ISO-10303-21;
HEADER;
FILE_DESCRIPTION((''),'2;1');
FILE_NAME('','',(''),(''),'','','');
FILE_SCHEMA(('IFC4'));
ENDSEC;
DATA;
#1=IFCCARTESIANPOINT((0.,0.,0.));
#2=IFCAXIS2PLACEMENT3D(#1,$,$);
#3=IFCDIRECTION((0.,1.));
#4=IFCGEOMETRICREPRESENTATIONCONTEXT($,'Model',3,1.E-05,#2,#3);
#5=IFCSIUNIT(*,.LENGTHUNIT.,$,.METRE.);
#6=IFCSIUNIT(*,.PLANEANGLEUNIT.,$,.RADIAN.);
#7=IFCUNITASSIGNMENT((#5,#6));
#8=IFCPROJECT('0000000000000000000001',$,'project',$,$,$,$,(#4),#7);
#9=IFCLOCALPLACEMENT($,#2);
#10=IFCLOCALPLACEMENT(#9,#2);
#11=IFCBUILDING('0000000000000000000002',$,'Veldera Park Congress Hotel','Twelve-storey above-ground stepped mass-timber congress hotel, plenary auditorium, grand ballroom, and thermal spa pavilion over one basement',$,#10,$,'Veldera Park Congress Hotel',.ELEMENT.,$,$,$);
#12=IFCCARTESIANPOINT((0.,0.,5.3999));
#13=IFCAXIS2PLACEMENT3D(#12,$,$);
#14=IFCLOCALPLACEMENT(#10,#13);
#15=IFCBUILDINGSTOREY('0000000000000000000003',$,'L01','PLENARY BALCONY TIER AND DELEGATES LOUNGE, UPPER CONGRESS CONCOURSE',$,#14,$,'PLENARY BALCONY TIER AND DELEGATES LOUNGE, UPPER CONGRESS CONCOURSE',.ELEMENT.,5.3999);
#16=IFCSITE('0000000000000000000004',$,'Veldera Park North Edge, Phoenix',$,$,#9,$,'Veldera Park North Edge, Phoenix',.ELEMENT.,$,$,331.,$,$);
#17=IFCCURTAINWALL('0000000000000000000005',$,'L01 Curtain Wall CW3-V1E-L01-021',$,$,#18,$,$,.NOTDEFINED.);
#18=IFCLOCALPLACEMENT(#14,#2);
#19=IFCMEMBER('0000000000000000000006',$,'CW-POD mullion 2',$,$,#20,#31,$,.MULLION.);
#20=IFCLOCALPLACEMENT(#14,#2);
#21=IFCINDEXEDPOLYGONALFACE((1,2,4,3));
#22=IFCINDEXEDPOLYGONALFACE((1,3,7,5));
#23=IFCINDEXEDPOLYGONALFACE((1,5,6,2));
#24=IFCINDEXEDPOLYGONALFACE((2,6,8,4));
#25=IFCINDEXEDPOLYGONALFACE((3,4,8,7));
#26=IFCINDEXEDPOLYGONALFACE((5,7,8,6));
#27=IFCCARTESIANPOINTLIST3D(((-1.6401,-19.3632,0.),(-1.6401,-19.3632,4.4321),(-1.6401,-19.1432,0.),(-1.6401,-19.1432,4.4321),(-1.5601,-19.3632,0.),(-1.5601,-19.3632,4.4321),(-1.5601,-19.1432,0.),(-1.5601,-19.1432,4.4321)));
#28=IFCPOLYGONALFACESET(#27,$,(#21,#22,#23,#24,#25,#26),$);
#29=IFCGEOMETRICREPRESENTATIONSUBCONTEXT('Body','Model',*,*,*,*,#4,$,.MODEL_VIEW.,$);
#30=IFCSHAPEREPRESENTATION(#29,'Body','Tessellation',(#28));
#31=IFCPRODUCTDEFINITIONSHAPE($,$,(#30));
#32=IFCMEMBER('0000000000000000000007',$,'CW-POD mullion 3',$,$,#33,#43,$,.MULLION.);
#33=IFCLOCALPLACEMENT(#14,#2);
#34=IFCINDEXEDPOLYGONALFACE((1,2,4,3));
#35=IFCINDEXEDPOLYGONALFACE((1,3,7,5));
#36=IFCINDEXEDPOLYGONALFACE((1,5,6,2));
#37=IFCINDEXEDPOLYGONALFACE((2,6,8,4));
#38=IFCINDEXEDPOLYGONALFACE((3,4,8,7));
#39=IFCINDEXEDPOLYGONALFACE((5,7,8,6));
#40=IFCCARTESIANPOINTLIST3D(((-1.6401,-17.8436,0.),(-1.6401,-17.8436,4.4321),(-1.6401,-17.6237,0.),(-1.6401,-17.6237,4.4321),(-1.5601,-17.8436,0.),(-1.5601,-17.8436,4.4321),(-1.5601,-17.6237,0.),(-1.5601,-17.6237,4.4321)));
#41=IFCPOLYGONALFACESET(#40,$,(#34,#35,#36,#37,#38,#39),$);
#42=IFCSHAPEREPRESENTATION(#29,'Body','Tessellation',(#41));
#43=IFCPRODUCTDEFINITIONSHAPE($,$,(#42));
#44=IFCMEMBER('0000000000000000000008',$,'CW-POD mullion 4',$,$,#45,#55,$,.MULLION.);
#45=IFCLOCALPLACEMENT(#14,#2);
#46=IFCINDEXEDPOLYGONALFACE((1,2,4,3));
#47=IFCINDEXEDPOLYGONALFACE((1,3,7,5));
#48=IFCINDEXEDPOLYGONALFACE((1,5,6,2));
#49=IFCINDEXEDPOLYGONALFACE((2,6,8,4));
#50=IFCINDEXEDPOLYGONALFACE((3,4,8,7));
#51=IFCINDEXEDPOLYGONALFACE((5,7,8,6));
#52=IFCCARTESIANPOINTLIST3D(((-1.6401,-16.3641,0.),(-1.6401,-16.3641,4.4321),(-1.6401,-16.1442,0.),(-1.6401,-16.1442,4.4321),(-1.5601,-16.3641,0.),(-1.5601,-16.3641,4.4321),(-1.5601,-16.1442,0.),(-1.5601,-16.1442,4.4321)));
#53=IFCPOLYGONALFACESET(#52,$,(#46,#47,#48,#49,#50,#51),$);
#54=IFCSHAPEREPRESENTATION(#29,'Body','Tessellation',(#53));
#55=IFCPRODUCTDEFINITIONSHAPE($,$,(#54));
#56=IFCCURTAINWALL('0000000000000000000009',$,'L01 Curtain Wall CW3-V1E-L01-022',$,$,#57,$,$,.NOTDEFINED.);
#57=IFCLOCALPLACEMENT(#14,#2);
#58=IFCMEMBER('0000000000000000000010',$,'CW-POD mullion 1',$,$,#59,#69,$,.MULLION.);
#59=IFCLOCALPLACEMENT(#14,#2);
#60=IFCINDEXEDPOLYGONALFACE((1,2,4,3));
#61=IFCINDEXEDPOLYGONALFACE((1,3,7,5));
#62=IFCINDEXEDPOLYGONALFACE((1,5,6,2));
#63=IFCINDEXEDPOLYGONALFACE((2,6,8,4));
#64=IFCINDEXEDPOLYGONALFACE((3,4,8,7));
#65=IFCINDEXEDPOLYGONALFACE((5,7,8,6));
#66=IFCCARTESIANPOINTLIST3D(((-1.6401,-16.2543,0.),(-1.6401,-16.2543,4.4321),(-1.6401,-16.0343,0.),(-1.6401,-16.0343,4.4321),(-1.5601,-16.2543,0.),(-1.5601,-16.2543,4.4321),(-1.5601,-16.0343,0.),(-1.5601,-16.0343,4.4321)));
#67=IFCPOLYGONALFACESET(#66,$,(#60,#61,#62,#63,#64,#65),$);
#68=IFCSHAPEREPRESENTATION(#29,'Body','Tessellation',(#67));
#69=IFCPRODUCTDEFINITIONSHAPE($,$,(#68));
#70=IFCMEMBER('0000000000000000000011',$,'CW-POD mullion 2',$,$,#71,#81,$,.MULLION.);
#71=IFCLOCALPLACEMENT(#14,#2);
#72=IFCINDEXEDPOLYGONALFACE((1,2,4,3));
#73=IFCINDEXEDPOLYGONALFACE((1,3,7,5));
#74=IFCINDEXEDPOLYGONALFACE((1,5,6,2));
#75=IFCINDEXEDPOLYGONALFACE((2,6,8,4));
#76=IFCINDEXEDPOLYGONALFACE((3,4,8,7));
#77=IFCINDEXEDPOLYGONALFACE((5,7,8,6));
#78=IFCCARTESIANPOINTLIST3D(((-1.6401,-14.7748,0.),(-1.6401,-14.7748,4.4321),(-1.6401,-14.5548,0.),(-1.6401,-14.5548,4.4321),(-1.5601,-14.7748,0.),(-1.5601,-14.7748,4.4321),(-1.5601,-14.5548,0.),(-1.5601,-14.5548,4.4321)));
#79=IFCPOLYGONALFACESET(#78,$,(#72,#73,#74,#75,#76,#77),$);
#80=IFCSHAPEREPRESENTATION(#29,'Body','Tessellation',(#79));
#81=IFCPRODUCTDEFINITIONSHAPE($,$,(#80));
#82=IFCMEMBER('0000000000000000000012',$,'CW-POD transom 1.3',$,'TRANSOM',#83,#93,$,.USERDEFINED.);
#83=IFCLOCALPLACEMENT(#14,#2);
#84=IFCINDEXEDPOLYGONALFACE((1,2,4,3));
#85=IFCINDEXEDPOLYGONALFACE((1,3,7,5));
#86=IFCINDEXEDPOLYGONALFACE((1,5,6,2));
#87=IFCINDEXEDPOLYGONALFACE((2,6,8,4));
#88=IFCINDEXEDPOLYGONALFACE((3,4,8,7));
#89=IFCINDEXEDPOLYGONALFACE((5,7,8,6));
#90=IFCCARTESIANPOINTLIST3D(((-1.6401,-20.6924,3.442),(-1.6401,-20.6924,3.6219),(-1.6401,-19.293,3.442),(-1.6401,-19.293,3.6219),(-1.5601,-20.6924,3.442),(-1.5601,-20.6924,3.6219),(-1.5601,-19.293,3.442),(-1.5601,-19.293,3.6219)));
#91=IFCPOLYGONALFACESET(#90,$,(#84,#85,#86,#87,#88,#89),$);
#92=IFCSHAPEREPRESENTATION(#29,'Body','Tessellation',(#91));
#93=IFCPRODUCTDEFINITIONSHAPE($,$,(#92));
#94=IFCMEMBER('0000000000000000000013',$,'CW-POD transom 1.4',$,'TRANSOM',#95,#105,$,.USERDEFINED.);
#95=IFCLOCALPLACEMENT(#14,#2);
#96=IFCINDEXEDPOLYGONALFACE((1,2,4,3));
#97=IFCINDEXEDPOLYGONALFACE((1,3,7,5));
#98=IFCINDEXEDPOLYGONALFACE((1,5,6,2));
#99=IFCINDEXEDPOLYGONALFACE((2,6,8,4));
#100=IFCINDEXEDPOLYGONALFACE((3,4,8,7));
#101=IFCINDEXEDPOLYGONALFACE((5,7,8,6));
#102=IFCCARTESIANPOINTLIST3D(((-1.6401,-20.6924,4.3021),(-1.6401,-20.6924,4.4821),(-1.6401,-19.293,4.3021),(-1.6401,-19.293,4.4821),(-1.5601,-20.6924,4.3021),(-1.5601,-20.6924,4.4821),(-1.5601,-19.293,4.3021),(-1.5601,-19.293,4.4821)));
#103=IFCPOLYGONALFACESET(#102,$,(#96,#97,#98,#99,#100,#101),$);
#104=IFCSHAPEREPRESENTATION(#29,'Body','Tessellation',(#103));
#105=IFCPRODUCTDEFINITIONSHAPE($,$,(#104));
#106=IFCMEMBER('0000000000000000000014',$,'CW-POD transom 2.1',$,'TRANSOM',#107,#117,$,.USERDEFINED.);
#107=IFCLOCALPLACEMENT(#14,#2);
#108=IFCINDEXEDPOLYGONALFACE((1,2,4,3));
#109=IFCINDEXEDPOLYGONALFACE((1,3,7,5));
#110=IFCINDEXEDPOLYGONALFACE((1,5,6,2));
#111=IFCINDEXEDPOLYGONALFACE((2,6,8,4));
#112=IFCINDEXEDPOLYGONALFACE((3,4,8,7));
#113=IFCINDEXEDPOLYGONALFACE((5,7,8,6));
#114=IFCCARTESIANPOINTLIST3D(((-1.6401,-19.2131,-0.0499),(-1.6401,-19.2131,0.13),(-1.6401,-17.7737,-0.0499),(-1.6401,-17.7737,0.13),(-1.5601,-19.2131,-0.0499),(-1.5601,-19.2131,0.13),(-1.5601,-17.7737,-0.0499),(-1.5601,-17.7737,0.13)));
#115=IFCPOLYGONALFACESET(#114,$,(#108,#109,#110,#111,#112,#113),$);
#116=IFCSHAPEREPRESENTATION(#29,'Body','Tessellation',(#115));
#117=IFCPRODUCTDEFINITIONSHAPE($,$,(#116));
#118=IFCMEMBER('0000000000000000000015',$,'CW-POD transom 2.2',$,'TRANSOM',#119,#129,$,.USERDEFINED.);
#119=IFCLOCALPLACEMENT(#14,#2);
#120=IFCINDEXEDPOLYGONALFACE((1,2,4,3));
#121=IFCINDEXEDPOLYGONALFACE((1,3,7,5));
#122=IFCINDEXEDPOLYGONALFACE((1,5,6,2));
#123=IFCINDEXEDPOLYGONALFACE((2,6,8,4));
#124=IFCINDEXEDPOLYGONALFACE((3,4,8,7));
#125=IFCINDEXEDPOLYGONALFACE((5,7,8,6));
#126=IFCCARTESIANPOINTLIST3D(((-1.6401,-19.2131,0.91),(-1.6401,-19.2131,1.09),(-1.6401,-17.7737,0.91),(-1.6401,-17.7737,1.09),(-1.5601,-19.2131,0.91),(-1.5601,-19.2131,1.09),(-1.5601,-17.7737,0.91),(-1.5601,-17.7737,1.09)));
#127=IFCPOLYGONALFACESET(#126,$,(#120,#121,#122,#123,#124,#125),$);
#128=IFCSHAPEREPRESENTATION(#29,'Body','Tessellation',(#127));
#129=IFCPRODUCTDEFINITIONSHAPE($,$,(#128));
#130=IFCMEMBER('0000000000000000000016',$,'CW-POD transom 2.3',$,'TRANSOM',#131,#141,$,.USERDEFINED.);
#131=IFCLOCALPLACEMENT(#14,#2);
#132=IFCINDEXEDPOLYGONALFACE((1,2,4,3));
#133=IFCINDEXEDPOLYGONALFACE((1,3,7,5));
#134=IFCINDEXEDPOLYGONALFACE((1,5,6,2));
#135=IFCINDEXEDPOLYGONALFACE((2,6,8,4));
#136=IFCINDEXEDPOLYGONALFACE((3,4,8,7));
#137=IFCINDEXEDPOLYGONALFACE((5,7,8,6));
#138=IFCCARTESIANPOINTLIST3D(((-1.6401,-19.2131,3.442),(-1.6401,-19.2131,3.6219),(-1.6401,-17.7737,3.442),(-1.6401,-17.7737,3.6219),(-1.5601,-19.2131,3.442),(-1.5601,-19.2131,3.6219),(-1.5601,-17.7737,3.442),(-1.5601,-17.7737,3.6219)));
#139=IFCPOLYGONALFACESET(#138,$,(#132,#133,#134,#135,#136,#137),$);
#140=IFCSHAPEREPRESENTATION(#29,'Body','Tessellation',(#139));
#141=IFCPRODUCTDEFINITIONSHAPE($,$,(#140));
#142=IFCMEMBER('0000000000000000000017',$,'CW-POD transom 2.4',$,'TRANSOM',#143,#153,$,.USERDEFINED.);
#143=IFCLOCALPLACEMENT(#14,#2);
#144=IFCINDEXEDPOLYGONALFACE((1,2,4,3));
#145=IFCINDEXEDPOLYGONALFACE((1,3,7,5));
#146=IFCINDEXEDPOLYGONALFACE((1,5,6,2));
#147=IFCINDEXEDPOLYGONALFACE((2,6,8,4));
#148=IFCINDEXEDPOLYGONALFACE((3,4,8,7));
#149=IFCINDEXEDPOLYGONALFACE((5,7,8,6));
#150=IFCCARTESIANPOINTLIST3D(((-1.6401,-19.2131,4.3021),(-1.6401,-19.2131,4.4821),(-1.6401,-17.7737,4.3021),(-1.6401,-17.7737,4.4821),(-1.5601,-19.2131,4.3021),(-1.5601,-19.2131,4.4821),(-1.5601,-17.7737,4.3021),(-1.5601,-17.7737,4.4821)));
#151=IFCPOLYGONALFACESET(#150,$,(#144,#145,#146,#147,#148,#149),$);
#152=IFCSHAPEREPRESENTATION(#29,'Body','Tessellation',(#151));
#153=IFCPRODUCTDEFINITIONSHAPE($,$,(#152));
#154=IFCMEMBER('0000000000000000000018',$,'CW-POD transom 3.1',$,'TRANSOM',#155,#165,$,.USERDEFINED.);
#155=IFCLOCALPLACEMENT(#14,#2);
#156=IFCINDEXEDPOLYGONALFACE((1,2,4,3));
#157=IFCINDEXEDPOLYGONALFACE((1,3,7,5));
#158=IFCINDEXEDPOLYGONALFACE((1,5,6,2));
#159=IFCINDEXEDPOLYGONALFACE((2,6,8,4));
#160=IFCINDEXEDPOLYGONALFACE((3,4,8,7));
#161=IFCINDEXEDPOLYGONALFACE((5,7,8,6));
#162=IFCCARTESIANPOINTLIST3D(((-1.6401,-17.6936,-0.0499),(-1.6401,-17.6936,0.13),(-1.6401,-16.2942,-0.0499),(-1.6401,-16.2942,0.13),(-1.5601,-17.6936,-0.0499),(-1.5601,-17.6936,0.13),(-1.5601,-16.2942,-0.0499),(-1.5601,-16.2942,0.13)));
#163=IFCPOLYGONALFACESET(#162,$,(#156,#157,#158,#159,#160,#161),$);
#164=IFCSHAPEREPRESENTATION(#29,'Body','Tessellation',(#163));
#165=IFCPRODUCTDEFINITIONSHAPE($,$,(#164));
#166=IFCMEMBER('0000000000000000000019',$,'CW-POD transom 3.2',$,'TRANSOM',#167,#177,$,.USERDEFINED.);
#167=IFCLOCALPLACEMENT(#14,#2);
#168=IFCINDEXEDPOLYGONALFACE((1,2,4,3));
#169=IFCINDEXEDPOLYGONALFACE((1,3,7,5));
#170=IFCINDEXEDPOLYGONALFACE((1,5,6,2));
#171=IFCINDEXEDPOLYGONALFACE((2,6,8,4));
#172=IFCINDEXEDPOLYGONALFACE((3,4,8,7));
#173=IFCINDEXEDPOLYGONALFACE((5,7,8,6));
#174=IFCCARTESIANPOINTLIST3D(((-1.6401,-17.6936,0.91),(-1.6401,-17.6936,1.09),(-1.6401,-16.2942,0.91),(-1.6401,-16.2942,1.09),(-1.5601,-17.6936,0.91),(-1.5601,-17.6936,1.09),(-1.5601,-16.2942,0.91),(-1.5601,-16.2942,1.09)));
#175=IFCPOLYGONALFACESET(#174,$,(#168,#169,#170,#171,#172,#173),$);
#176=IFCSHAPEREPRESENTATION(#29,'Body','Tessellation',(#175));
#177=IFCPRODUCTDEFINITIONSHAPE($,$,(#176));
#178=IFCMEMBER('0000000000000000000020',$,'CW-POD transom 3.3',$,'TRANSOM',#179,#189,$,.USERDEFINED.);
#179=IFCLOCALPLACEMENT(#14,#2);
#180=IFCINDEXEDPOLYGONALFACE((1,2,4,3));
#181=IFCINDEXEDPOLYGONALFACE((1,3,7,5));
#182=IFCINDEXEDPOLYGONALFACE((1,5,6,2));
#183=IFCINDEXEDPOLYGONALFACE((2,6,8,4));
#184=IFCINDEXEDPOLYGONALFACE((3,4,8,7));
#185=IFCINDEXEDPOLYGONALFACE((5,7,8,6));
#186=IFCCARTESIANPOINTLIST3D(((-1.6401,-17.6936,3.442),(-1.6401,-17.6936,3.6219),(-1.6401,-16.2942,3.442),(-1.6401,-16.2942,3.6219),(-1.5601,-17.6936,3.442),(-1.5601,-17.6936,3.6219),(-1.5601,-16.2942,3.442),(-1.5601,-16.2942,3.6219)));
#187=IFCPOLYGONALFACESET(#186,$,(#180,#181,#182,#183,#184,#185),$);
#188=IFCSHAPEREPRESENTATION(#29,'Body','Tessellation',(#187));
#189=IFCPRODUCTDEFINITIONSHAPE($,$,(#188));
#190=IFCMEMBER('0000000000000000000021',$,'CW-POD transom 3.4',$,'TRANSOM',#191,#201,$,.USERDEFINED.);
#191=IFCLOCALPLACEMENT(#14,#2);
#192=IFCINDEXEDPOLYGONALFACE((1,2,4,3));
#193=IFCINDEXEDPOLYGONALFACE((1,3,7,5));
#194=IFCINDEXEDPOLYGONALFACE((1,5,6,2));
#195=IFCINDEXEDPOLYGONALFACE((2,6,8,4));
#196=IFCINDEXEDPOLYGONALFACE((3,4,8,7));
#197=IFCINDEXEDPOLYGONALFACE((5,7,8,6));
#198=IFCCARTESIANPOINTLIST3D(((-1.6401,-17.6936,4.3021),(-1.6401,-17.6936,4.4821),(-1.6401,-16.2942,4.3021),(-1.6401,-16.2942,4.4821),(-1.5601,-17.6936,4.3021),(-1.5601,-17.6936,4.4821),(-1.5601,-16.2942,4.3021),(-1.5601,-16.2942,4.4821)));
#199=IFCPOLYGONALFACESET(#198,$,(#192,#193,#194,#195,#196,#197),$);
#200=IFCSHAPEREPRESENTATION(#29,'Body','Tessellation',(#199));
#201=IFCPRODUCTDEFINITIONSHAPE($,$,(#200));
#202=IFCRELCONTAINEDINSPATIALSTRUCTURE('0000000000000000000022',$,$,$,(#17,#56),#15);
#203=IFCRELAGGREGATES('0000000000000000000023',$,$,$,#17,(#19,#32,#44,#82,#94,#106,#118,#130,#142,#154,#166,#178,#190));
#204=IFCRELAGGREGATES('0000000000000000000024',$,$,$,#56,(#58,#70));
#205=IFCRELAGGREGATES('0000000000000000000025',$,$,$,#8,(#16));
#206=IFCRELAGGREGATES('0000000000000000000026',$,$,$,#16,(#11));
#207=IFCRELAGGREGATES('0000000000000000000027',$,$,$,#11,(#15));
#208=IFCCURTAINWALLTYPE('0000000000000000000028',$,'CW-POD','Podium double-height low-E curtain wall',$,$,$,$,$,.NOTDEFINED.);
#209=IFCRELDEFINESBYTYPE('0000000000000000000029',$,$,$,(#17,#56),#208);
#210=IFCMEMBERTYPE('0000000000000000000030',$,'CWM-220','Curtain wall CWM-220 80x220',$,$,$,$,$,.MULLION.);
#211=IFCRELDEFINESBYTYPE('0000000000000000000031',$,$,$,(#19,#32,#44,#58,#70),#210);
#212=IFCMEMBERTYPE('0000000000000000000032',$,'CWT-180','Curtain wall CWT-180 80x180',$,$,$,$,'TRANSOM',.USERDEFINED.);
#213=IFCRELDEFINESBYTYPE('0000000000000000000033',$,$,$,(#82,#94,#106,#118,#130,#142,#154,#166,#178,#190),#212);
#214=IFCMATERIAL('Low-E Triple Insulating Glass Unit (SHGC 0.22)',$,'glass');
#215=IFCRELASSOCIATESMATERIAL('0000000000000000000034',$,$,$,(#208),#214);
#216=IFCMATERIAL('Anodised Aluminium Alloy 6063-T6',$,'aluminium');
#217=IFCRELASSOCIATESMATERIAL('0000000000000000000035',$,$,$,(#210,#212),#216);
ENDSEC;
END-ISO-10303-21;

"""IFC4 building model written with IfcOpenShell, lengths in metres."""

from ifc_helpers import new_model, si_unit, direction, frame, origin, origin_2d, place, context, subcontext, project, spatial, rectangle, extrude, material, material_profile, profile_set, type_object, element, aggregate, save


model = new_model("IFC4")

# Units and contexts
model_context = context("Model", 3, precision=1e-05, world=origin(), true_north=direction((0.0, 1.0)))
body_context = subcontext(model_context, "Body", "Model", "MODEL_VIEW")
ifc_project = project(units=[si_unit("LENGTHUNIT", "METRE"), si_unit("PLANEANGLEUNIT", "RADIAN")], contexts=[model_context])

# Site, building, storey
site_placement = place(None, origin())
site = spatial("IfcSite", under=ifc_project, at=site_placement, Name="Veldera Park North Edge, Phoenix", LongName="Veldera Park North Edge, Phoenix", CompositionType="ELEMENT", RefElevation=331.0)
building_placement = place(site_placement, origin())
building = spatial("IfcBuilding", under=site, at=building_placement, Name="Veldera Park Congress Hotel", Description="Twelve-storey above-ground stepped mass-timber congress hotel, plenary auditorium, grand ballroom, and thermal spa pavilion over one basement", LongName="Veldera Park Congress Hotel", CompositionType="ELEMENT")
storey_placement = place(building_placement, frame((0.0, 0.0, 5.3999)))
storey = spatial("IfcBuildingStorey", under=building, at=storey_placement, Name="L01", Description="PLENARY BALCONY TIER AND DELEGATES LOUNGE, UPPER CONGRESS CONCOURSE", LongName="PLENARY BALCONY TIER AND DELEGATES LOUNGE, UPPER CONGRESS CONCOURSE", CompositionType="ELEMENT", Elevation=5.3999)

# Curtain walls, members
ifc_material_1 = material(Name="Low-E Triple Insulating Glass Unit (SHGC 0.22)", Category="glass")
curtain_wall_type = type_object("IfcCurtainWallType", Name="CW-POD", Description="Podium double-height low-E curtain wall", PredefinedType="NOTDEFINED", material=ifc_material_1)
curtain_wall_1_placement = place(storey_placement, origin())
curtain_wall_1 = element("IfcCurtainWall", 1, at=curtain_wall_1_placement, inside=storey, type_object=curtain_wall_type, Name="L01 Curtain Wall CW3-V1E-L01-021", PredefinedType="NOTDEFINED")
ifc_material_2 = material(Name="Anodised Aluminium Alloy 6063-T6", Category="aluminium")
ifc_material_profile_1 = material_profile(ifc_material_2, rectangle(XDim=0.0801, YDim=0.22, at=origin_2d()), Name="ALU 80x220")
ifc_profile_set_1 = profile_set([ifc_material_profile_1], Name="Anodised Aluminium Alloy 6063-T6")
member_type_1 = type_object("IfcMemberType", Name="CWM-220", Description="Curtain wall CWM-220 80x220", PredefinedType="MULLION", material=ifc_profile_set_1)
member_1_placement = place(storey_placement, frame((-1.6001, -19.2532, 0.0), z_axis=(0.0, 0.0, 1.0), x_axis=(-1.0, 0.0, 0.0)))
member_1 = element("IfcMember", 2, at=member_1_placement, type_object=member_type_1, Name="CW-POD mullion 2", PredefinedType="MULLION", context=body_context, shape_type="SweptSolid", body=[
    extrude(rectangle(XDim=0.0801, YDim=0.22, at=origin_2d()), origin(), (0.0, 0.0, 1.0), 4.4321),
])
member_2_placement = place(storey_placement, frame((-1.6001, -17.7336, 0.0), z_axis=(0.0, 0.0, 1.0), x_axis=(-1.0, 0.0, 0.0)))
member_2 = element("IfcMember", 3, at=member_2_placement, type_object=member_type_1, Name="CW-POD mullion 3", PredefinedType="MULLION", context=body_context, shape_type="SweptSolid", body=[
    extrude(rectangle(XDim=0.0801, YDim=0.22, at=origin_2d()), origin(), (0.0, 0.0, 1.0), 4.4321),
])
member_3_placement = place(storey_placement, frame((-1.6001, -16.2542, 0.0), z_axis=(0.0, 0.0, 1.0), x_axis=(-1.0, 0.0, 0.0)))
member_3 = element("IfcMember", 4, at=member_3_placement, type_object=member_type_1, Name="CW-POD mullion 4", PredefinedType="MULLION", context=body_context, shape_type="SweptSolid", body=[
    extrude(rectangle(XDim=0.0801, YDim=0.22, at=origin_2d()), origin(), (0.0, 0.0, 1.0), 4.4321),
])
curtain_wall_2_placement = place(storey_placement, origin())
curtain_wall_2 = element("IfcCurtainWall", 5, at=curtain_wall_2_placement, inside=storey, type_object=curtain_wall_type, Name="L01 Curtain Wall CW3-V1E-L01-022", PredefinedType="NOTDEFINED")
member_4_placement = place(storey_placement, frame((-1.6001, -16.1443, 0.0), z_axis=(0.0, 0.0, 1.0), x_axis=(-1.0, 0.0, 0.0)))
member_4 = element("IfcMember", 6, at=member_4_placement, type_object=member_type_1, Name="CW-POD mullion 1", PredefinedType="MULLION", context=body_context, shape_type="SweptSolid", body=[
    extrude(rectangle(XDim=0.0801, YDim=0.22, at=origin_2d()), origin(), (0.0, 0.0, 1.0), 4.4321),
])
member_5_placement = place(storey_placement, frame((-1.6001, -14.6648, 0.0), z_axis=(0.0, 0.0, 1.0), x_axis=(-1.0, 0.0, 0.0)))
member_5 = element("IfcMember", 7, at=member_5_placement, type_object=member_type_1, Name="CW-POD mullion 2", PredefinedType="MULLION", context=body_context, shape_type="SweptSolid", body=[
    extrude(rectangle(XDim=0.0801, YDim=0.22, at=origin_2d()), origin(), (0.0, 0.0, 1.0), 4.4321),
])

# Members
ifc_material_profile_2 = material_profile(ifc_material_2, rectangle(XDim=0.0801, YDim=0.1799, at=origin_2d()), Name="ALU 80x180")
ifc_profile_set_2 = profile_set([ifc_material_profile_2], Name="Anodised Aluminium Alloy 6063-T6")
member_type_2 = type_object("IfcMemberType", Name="CWT-180", Description="Curtain wall CWT-180 80x180", ElementType="TRANSOM", PredefinedType="USERDEFINED", material=ifc_profile_set_2)
member_6_placement = place(storey_placement, frame((-1.6001, -20.6924, 3.532), z_axis=(0.0, 1.0, 0.0), x_axis=(-1.0, 0.0, 0.0)))
member_6 = element("IfcMember", 8, at=member_6_placement, type_object=member_type_2, Name="CW-POD transom 1.3", ObjectType="TRANSOM", PredefinedType="USERDEFINED", context=body_context, shape_type="SweptSolid", body=[
    extrude(rectangle(XDim=0.0801, YDim=0.1799, at=origin_2d()), origin(), (0.0, 0.0, 1.0), 1.3994),
])
member_7_placement = place(storey_placement, frame((-1.6001, -20.6924, 4.3921), z_axis=(0.0, 1.0, 0.0), x_axis=(-1.0, 0.0, 0.0)))
member_7 = element("IfcMember", 9, at=member_7_placement, type_object=member_type_2, Name="CW-POD transom 1.4", ObjectType="TRANSOM", PredefinedType="USERDEFINED", context=body_context, shape_type="SweptSolid", body=[
    extrude(rectangle(XDim=0.0801, YDim=0.1799, at=origin_2d()), origin(), (0.0, 0.0, 1.0), 1.3994),
])
member_8_placement = place(storey_placement, frame((-1.6001, -19.2131, 0.04), z_axis=(0.0, 1.0, 0.0), x_axis=(-1.0, 0.0, 0.0)))
member_8 = element("IfcMember", 10, at=member_8_placement, type_object=member_type_2, Name="CW-POD transom 2.1", ObjectType="TRANSOM", PredefinedType="USERDEFINED", context=body_context, shape_type="SweptSolid", body=[
    extrude(rectangle(XDim=0.0801, YDim=0.1799, at=origin_2d()), origin(), (0.0, 0.0, 1.0), 1.4395),
])
member_9_placement = place(storey_placement, frame((-1.6001, -19.2131, 1.0), z_axis=(0.0, 1.0, 0.0), x_axis=(-1.0, 0.0, 0.0)))
member_9 = element("IfcMember", 11, at=member_9_placement, type_object=member_type_2, Name="CW-POD transom 2.2", ObjectType="TRANSOM", PredefinedType="USERDEFINED", context=body_context, shape_type="SweptSolid", body=[
    extrude(rectangle(XDim=0.0801, YDim=0.1799, at=origin_2d()), origin(), (0.0, 0.0, 1.0), 1.4395),
])
member_10_placement = place(storey_placement, frame((-1.6001, -19.2131, 3.532), z_axis=(0.0, 1.0, 0.0), x_axis=(-1.0, 0.0, 0.0)))
member_10 = element("IfcMember", 12, at=member_10_placement, type_object=member_type_2, Name="CW-POD transom 2.3", ObjectType="TRANSOM", PredefinedType="USERDEFINED", context=body_context, shape_type="SweptSolid", body=[
    extrude(rectangle(XDim=0.0801, YDim=0.1799, at=origin_2d()), origin(), (0.0, 0.0, 1.0), 1.4395),
])
member_11_placement = place(storey_placement, frame((-1.6001, -19.2131, 4.3921), z_axis=(0.0, 1.0, 0.0), x_axis=(-1.0, 0.0, 0.0)))
member_11 = element("IfcMember", 13, at=member_11_placement, type_object=member_type_2, Name="CW-POD transom 2.4", ObjectType="TRANSOM", PredefinedType="USERDEFINED", context=body_context, shape_type="SweptSolid", body=[
    extrude(rectangle(XDim=0.0801, YDim=0.1799, at=origin_2d()), origin(), (0.0, 0.0, 1.0), 1.4395),
])
member_12_placement = place(storey_placement, frame((-1.6001, -17.6936, 0.04), z_axis=(0.0, 1.0, 0.0), x_axis=(-1.0, 0.0, 0.0)))
member_12 = element("IfcMember", 14, at=member_12_placement, type_object=member_type_2, Name="CW-POD transom 3.1", ObjectType="TRANSOM", PredefinedType="USERDEFINED", context=body_context, shape_type="SweptSolid", body=[
    extrude(rectangle(XDim=0.0801, YDim=0.1799, at=origin_2d()), origin(), (0.0, 0.0, 1.0), 1.3994),
])
member_13_placement = place(storey_placement, frame((-1.6001, -17.6936, 1.0), z_axis=(0.0, 1.0, 0.0), x_axis=(-1.0, 0.0, 0.0)))
member_13 = element("IfcMember", 15, at=member_13_placement, type_object=member_type_2, Name="CW-POD transom 3.2", ObjectType="TRANSOM", PredefinedType="USERDEFINED", context=body_context, shape_type="SweptSolid", body=[
    extrude(rectangle(XDim=0.0801, YDim=0.1799, at=origin_2d()), origin(), (0.0, 0.0, 1.0), 1.3994),
])
member_14_placement = place(storey_placement, frame((-1.6001, -17.6936, 3.532), z_axis=(0.0, 1.0, 0.0), x_axis=(-1.0, 0.0, 0.0)))
member_14 = element("IfcMember", 16, at=member_14_placement, type_object=member_type_2, Name="CW-POD transom 3.3", ObjectType="TRANSOM", PredefinedType="USERDEFINED", context=body_context, shape_type="SweptSolid", body=[
    extrude(rectangle(XDim=0.0801, YDim=0.1799, at=origin_2d()), origin(), (0.0, 0.0, 1.0), 1.3994),
])
member_15_placement = place(storey_placement, frame((-1.6001, -17.6936, 4.3921), z_axis=(0.0, 1.0, 0.0), x_axis=(-1.0, 0.0, 0.0)))
member_15 = element("IfcMember", 17, at=member_15_placement, type_object=member_type_2, Name="CW-POD transom 3.4", ObjectType="TRANSOM", PredefinedType="USERDEFINED", context=body_context, shape_type="SweptSolid", body=[
    extrude(rectangle(XDim=0.0801, YDim=0.1799, at=origin_2d()), origin(), (0.0, 0.0, 1.0), 1.3994),
])

aggregate(curtain_wall_1, [member_1, member_2, member_3, member_6, member_7, member_8, member_9, member_10, member_11, member_12, member_13, member_14, member_15])
aggregate(curtain_wall_2, [member_4, member_5])

save(model, "model.ifc")
